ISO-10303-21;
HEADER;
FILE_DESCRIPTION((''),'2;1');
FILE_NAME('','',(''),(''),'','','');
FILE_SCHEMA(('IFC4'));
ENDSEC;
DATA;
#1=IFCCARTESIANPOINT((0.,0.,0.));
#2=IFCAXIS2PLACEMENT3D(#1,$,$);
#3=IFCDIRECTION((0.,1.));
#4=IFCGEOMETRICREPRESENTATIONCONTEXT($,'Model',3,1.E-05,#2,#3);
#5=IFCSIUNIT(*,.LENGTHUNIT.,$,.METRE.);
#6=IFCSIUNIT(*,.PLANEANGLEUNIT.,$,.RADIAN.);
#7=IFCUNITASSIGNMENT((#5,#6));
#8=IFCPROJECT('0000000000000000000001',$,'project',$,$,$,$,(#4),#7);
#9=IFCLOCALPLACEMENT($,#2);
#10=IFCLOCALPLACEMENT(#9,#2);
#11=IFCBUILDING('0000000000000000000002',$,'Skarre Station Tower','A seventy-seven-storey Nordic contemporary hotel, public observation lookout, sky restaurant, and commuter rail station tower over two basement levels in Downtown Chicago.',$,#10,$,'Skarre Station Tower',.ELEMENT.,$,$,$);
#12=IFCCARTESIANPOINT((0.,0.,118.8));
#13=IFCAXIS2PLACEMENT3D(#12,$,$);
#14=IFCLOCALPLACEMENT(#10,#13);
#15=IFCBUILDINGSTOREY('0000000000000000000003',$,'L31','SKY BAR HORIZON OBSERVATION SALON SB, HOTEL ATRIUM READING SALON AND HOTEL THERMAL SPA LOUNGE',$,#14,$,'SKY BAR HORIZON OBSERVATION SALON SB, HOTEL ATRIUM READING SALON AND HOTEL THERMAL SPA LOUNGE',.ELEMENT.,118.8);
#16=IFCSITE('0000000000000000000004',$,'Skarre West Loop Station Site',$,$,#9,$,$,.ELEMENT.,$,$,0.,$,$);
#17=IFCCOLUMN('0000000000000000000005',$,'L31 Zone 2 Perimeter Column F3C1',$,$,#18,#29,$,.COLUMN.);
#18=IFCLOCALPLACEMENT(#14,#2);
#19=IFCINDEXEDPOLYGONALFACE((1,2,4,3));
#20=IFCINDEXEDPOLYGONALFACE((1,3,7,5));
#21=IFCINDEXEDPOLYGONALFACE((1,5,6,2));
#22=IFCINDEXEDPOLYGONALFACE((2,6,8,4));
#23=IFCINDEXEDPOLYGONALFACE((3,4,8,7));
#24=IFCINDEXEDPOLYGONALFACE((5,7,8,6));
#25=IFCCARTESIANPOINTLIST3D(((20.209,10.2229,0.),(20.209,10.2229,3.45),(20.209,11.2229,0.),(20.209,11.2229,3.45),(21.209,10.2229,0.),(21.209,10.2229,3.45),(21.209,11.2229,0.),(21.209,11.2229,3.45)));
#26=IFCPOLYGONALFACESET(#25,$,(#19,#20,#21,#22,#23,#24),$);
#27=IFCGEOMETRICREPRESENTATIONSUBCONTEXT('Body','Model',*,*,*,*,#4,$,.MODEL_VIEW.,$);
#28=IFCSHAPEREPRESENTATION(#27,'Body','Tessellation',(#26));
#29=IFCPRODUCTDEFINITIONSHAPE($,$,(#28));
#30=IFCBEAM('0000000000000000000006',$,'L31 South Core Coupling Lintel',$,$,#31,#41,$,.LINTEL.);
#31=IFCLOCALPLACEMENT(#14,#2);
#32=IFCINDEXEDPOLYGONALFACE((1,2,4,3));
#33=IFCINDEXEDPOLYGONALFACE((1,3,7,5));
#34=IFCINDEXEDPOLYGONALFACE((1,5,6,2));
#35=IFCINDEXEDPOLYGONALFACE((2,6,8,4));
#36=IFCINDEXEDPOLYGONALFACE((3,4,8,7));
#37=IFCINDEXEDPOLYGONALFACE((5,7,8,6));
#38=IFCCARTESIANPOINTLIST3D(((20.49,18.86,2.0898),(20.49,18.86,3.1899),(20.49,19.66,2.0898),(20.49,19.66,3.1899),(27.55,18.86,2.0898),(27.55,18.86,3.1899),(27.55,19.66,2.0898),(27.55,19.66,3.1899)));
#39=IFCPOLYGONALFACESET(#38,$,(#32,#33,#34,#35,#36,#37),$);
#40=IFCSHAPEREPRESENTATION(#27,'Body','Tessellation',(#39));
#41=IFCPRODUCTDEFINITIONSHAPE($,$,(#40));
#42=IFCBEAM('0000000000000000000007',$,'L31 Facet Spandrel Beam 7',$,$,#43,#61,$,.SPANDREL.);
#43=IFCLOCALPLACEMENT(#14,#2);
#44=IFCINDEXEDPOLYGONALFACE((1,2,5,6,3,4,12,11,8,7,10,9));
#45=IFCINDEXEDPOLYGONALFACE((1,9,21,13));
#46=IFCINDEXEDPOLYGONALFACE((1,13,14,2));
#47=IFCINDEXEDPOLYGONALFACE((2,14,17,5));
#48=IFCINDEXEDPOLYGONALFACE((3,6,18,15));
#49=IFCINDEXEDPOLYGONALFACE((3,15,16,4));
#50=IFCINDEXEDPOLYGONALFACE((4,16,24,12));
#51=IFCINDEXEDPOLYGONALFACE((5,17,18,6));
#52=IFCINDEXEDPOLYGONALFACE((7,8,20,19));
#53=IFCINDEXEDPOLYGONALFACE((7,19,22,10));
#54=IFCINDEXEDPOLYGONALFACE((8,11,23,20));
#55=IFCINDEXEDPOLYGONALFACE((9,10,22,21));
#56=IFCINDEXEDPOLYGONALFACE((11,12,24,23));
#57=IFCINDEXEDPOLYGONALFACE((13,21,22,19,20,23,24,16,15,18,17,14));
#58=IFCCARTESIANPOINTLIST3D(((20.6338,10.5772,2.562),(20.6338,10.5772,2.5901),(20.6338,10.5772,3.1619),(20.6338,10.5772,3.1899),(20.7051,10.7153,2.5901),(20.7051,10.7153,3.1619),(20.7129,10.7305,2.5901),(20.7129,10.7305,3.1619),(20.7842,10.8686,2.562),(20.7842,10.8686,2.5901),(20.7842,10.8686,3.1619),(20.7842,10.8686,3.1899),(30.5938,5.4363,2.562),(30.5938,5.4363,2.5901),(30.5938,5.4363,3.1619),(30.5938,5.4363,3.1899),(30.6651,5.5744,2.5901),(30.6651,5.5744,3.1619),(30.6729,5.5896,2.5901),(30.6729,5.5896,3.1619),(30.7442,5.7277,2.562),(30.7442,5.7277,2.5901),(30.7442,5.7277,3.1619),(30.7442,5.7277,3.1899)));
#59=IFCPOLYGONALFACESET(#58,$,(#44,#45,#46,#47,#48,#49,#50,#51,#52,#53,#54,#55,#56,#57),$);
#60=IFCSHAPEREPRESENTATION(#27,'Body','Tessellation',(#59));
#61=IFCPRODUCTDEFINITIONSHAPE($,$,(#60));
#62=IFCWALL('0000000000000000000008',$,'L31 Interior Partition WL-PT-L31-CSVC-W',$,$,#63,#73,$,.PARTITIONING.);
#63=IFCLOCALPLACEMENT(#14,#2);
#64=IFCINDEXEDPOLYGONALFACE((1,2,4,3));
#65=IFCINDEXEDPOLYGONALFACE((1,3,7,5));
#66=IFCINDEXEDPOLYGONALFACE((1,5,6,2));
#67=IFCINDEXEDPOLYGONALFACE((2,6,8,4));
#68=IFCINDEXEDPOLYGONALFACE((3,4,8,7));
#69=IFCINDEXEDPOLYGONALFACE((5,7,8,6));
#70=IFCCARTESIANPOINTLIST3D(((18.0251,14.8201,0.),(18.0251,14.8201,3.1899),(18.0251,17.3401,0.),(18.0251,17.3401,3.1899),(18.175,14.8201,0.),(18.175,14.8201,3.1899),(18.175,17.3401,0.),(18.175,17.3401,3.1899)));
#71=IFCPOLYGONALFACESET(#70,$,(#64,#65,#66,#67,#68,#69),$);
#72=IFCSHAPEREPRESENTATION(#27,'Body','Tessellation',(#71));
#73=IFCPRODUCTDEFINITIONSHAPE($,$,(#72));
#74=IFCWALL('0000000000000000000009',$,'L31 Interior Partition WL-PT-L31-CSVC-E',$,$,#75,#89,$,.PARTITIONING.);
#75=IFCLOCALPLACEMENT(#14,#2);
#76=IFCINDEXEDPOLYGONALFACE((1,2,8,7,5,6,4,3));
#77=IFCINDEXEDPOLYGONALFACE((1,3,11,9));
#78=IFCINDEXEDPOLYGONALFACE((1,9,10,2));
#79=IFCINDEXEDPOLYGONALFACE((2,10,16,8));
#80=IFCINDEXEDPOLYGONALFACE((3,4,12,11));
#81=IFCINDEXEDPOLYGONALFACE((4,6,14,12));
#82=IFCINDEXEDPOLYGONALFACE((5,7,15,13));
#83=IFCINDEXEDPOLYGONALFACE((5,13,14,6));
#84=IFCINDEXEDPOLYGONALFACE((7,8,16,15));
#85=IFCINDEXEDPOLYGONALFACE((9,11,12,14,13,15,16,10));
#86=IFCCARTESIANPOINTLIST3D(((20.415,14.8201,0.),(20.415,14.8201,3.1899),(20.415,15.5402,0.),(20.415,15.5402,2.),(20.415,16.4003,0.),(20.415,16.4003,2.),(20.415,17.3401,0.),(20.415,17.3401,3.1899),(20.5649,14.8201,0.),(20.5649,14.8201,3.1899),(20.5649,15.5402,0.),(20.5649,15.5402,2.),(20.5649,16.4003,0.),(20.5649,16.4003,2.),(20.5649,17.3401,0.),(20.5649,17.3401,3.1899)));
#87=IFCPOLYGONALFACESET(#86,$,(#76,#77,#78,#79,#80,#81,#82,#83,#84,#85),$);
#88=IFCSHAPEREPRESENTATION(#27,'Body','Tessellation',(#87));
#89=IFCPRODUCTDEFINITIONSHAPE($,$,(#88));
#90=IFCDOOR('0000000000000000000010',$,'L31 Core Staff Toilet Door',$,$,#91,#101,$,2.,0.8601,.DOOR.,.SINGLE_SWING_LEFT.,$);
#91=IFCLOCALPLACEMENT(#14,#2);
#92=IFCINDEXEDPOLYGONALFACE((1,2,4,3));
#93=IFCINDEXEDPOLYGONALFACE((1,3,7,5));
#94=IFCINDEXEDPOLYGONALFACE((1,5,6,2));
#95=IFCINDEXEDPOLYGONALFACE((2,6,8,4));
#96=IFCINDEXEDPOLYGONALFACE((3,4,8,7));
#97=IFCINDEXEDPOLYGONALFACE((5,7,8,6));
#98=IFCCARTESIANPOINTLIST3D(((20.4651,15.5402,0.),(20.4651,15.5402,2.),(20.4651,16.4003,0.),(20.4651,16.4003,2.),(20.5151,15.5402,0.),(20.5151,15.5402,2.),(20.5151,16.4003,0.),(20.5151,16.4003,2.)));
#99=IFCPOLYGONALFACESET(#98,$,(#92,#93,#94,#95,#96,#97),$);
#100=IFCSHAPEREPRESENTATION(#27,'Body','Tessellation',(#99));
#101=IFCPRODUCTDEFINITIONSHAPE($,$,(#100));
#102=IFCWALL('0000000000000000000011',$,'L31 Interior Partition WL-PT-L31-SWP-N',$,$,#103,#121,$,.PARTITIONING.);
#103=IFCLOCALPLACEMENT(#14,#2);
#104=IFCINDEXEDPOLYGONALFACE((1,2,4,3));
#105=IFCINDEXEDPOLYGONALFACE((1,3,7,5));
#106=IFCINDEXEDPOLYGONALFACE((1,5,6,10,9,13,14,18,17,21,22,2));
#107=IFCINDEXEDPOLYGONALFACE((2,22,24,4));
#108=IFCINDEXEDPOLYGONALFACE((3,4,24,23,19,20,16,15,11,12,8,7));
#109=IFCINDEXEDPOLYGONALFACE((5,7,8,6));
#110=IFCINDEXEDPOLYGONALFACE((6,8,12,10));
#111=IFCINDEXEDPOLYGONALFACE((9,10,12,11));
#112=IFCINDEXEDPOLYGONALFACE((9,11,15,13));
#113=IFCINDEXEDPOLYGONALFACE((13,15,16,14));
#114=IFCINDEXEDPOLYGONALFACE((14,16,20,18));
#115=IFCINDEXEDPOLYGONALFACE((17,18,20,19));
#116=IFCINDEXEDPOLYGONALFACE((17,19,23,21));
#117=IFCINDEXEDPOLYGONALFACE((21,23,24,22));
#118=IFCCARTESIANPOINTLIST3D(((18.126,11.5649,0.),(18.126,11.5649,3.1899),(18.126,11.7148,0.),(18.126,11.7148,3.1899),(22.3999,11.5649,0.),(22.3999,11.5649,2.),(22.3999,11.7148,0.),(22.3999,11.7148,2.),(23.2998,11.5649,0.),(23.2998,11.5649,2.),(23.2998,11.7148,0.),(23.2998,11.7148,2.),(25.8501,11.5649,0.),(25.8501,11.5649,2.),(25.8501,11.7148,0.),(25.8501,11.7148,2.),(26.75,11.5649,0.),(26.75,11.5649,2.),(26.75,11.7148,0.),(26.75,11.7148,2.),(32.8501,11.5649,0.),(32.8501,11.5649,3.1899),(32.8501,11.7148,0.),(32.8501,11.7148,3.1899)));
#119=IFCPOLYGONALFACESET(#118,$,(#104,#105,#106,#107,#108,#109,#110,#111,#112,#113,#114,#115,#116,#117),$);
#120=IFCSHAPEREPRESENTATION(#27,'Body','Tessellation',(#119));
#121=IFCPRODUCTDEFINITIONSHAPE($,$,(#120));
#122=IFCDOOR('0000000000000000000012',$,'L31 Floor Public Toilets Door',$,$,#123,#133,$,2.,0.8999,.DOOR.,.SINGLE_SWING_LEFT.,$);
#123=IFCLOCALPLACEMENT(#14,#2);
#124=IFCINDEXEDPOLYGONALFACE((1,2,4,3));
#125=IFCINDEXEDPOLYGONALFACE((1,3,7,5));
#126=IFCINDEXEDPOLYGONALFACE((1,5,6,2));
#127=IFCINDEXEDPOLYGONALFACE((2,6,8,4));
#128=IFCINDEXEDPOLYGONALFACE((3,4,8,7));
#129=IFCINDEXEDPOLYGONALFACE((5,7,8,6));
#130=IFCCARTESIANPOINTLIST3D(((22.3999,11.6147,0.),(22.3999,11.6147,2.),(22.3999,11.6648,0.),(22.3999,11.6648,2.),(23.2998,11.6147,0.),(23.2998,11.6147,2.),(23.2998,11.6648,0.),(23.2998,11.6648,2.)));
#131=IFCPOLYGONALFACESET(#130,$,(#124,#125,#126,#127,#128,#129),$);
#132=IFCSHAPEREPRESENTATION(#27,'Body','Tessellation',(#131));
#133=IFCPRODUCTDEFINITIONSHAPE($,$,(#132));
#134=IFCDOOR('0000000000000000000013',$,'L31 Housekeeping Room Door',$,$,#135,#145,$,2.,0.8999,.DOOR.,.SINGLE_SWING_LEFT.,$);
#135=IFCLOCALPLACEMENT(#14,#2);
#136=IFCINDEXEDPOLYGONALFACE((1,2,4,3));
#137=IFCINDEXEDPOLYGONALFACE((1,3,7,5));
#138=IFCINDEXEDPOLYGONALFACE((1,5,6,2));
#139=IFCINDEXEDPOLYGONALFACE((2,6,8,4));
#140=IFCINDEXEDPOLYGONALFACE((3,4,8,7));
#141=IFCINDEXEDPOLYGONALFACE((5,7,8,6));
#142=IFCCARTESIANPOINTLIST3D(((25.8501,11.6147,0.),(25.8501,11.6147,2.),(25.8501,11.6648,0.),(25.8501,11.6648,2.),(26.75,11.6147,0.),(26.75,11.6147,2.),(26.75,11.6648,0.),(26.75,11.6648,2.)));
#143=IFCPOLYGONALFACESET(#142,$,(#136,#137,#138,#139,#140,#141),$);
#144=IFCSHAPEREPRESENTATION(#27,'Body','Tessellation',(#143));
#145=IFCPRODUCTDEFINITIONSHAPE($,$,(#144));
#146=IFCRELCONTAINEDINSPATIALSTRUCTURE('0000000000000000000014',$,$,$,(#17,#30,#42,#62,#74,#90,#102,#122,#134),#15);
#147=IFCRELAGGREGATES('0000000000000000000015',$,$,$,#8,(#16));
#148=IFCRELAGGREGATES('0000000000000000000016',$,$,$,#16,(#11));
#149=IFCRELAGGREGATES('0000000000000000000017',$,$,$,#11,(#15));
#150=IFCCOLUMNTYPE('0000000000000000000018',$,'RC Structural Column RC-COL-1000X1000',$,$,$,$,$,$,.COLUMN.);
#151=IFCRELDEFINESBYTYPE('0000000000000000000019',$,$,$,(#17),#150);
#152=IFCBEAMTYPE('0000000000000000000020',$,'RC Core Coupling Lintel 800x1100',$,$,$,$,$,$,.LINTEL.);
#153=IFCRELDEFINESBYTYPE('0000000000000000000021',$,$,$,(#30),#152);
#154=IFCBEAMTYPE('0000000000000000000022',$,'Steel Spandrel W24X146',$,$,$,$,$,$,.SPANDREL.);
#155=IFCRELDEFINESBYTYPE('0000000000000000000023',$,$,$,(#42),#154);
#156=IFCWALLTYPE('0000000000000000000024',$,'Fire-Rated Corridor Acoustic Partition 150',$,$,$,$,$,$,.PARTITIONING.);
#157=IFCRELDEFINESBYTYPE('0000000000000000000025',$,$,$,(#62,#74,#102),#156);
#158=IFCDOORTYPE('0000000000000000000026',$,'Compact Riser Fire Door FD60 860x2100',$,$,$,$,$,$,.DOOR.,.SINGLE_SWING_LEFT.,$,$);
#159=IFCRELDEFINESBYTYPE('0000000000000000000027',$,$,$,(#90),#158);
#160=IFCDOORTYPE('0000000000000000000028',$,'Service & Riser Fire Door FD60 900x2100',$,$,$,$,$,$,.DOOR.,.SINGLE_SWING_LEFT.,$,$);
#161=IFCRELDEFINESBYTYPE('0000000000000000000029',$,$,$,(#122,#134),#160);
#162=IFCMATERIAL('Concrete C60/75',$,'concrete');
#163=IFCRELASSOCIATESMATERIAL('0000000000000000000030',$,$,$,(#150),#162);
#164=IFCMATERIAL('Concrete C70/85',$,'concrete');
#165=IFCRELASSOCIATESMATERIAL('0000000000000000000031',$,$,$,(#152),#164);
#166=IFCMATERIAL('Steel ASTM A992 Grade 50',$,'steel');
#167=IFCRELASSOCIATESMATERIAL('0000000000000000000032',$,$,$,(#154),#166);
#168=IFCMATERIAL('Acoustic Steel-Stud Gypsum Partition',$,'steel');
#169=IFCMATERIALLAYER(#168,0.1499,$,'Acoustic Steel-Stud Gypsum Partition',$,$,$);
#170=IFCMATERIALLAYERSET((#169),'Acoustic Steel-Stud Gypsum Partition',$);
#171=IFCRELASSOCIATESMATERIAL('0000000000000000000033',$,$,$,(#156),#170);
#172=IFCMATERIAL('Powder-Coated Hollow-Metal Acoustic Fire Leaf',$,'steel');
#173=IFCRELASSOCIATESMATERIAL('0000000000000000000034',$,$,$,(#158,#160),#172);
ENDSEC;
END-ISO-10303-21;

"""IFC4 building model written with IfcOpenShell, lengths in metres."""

from ifc_helpers import new_model, si_unit, direction, frame, frame_2d, origin, origin_2d, place, context, subcontext, project, spatial, rectangle, i_section, extrude, material, layer, layer_set, material_profile, profile_set, type_object, element, fill, save


model = new_model("IFC4")

# Units and contexts
model_context = context("Model", 3, precision=1e-05, world=origin(), true_north=direction((0.0, 1.0)))
body_context = subcontext(model_context, "Body", "Model", "MODEL_VIEW")
ifc_project = project(units=[si_unit("LENGTHUNIT", "METRE"), si_unit("PLANEANGLEUNIT", "RADIAN")], contexts=[model_context])

# Site, building, storey
site_placement = place(None, origin())
site = spatial("IfcSite", under=ifc_project, at=site_placement, Name="Skarre West Loop Station Site", CompositionType="ELEMENT", RefElevation=0.0)
building_placement = place(site_placement, origin())
building = spatial("IfcBuilding", under=site, at=building_placement, Name="Skarre Station Tower", Description="A seventy-seven-storey Nordic contemporary hotel, public observation lookout, sky restaurant, and commuter rail station tower over two basement levels in Downtown Chicago.", LongName="Skarre Station Tower", CompositionType="ELEMENT")
storey_placement = place(building_placement, frame((0.0, 0.0, 118.8)))
storey = spatial("IfcBuildingStorey", under=building, at=storey_placement, Name="L31", Description="SKY BAR HORIZON OBSERVATION SALON SB, HOTEL ATRIUM READING SALON AND HOTEL THERMAL SPA LOUNGE", LongName="SKY BAR HORIZON OBSERVATION SALON SB, HOTEL ATRIUM READING SALON AND HOTEL THERMAL SPA LOUNGE", CompositionType="ELEMENT", Elevation=118.8)

# Column
ifc_material_1 = material(Name="Concrete C60/75", Category="concrete")
ifc_material_profile_1 = material_profile(ifc_material_1, rectangle(XDim=1.0, YDim=1.0, at=origin_2d()), Name="Concrete C60/75")
ifc_profile_set_1 = profile_set([ifc_material_profile_1], Name="Concrete C60/75")
column_type = type_object("IfcColumnType", Name="RC Structural Column RC-COL-1000X1000", PredefinedType="COLUMN", material=ifc_profile_set_1)
column_placement = place(storey_placement, frame((20.709, 10.7229, 0.0), z_axis=(0.0, 0.0, 1.0), x_axis=(1.0, 0.0, 0.0)))
element("IfcColumn", 1, at=column_placement, inside=storey, type_object=column_type, Name="L31 Zone 2 Perimeter Column F3C1", PredefinedType="COLUMN", context=body_context, shape_type="SweptSolid", body=[
    extrude(rectangle(XDim=1.0, YDim=1.0, at=origin_2d()), origin(), (0.0, 0.0, 1.0), 3.45),
])

# Beams
ifc_material_2 = material(Name="Concrete C70/85", Category="concrete")
ifc_material_profile_2 = material_profile(ifc_material_2, rectangle(XDim=0.8, YDim=1.1001, at=origin_2d()), Name="Concrete C70/85")
ifc_profile_set_2 = profile_set([ifc_material_profile_2], Name="Concrete C70/85")
beam_type_1 = type_object("IfcBeamType", Name="RC Core Coupling Lintel 800x1100", PredefinedType="LINTEL", material=ifc_profile_set_2)
beam_1_placement = place(storey_placement, frame((20.49, 19.26, 2.6399), z_axis=(1.0, 0.0, 0.0), x_axis=(0.0, 1.0, 0.0)))
element("IfcBeam", 2, at=beam_1_placement, inside=storey, type_object=beam_type_1, Name="L31 South Core Coupling Lintel", PredefinedType="LINTEL", context=body_context, shape_type="SweptSolid", body=[
    extrude(rectangle(XDim=0.8, YDim=1.1001, at=origin_2d()), origin(), (0.0, 0.0, 1.0), 7.0601),
])
ifc_material_3 = material(Name="Steel ASTM A992 Grade 50", Category="steel")
ifc_material_profile_3 = material_profile(ifc_material_3, i_section(OverallWidth=0.3279, OverallDepth=0.6279, WebThickness=0.0171, FlangeThickness=0.0281, at=origin_2d()), Name="Steel ASTM A992 Grade 50")
ifc_profile_set_3 = profile_set([ifc_material_profile_3], Name="Steel ASTM A992 Grade 50")
beam_type_2 = type_object("IfcBeamType", Name="Steel Spandrel W24X146", PredefinedType="SPANDREL", material=ifc_profile_set_3)
beam_2_placement = place(storey_placement, frame((20.709, 10.7229, 2.876), z_axis=(0.888612, -0.45866, 0.0), x_axis=(0.45866, 0.888612, 0.0)))
element("IfcBeam", 3, at=beam_2_placement, inside=storey, type_object=beam_type_2, Name="L31 Facet Spandrel Beam 7", PredefinedType="SPANDREL", context=body_context, shape_type="SweptSolid", body=[
    extrude(i_section(OverallWidth=0.3279, OverallDepth=0.6279, WebThickness=0.0171, FlangeThickness=0.0281, at=origin_2d()), origin(), (0.0, 0.0, 1.0), 11.2085),
])

# Wall
ifc_material_4 = material(Name="Acoustic Steel-Stud Gypsum Partition", Category="steel")
ifc_layer_1 = layer(ifc_material_4, 0.1499, Name="Acoustic Steel-Stud Gypsum Partition")
ifc_layer_set_1 = layer_set([ifc_layer_1], Name="Acoustic Steel-Stud Gypsum Partition")
wall_type_1 = type_object("IfcWallType", Name="Fire-Rated Corridor Acoustic Partition 150", PredefinedType="PARTITIONING", material=ifc_layer_set_1)
wall_1_placement = place(storey_placement, frame((18.1001, 17.3401, 0.0), z_axis=(0.0, 0.0, 1.0), x_axis=(0.0, -1.0, 0.0)))
element("IfcWall", 4, at=wall_1_placement, inside=storey, type_object=wall_type_1, Name="L31 Interior Partition WL-PT-L31-CSVC-W", PredefinedType="PARTITIONING", context=body_context, shape_type="SweptSolid", body=[
    extrude(rectangle(XDim=2.52, YDim=0.1499, at=frame_2d((1.26, 0.0))), origin(), (0.0, 0.0, 1.0), 3.1899),
])

# Wall, opening, door
wall_2_placement = place(storey_placement, frame((20.49, 14.8201, 0.0), z_axis=(0.0, 0.0, 1.0), x_axis=(0.0, 1.0, 0.0)))
wall_2 = element("IfcWall", 5, at=wall_2_placement, inside=storey, type_object=wall_type_1, Name="L31 Interior Partition WL-PT-L31-CSVC-E", PredefinedType="PARTITIONING", context=body_context, shape_type="SweptSolid", body=[
    extrude(rectangle(XDim=2.52, YDim=0.1499, at=frame_2d((1.26, 0.0))), origin(), (0.0, 0.0, 1.0), 3.1899),
])
opening_1_placement = place(wall_2_placement, frame((0.72, 0.0, 0.0)))
opening_1 = element("IfcOpeningElement", 6, at=opening_1_placement, cuts=wall_2, PredefinedType="OPENING", context=body_context, shape_type="SweptSolid", body=[
    extrude(rectangle(XDim=0.8601, YDim=2.0, at=frame_2d((0.4302, 1.0))), frame((0.0, 0.085, 0.0), z_axis=(0.0, -1.0, 0.0), x_axis=(1.0, 0.0, 0.0)), (0.0, 0.0, 1.0), 0.1699),
])
ifc_material_5 = material(Name="Powder-Coated Hollow-Metal Acoustic Fire Leaf", Category="steel")
door_type_1 = type_object("IfcDoorType", Name="Compact Riser Fire Door FD60 860x2100", OperationType="SINGLE_SWING_LEFT", PredefinedType="DOOR", material=ifc_material_5)
door_1_placement = place(opening_1_placement, origin())
door_1 = element("IfcDoor", 7, at=door_1_placement, inside=storey, type_object=door_type_1, Name="L31 Core Staff Toilet Door", OperationType="SINGLE_SWING_LEFT", OverallHeight=2.0, OverallWidth=0.8601, PredefinedType="DOOR", context=body_context, shape_type="SweptSolid", body=[
    extrude(rectangle(XDim=0.8601, YDim=2.0, at=frame_2d((0.4302, 1.0))), frame((0.0, 0.0249, 0.0), z_axis=(0.0, -1.0, 0.0), x_axis=(1.0, 0.0, 0.0)), (0.0, 0.0, 1.0), 0.05),
])
fill(opening_1, door_1)

# Wall, openings, doors
wall_3_placement = place(storey_placement, frame((18.126, 11.6399, 0.0), z_axis=(0.0, 0.0, 1.0), x_axis=(1.0, 0.0, 0.0)))
wall_3 = element("IfcWall", 8, at=wall_3_placement, inside=storey, type_object=wall_type_1, Name="L31 Interior Partition WL-PT-L31-SWP-N", PredefinedType="PARTITIONING", context=body_context, shape_type="SweptSolid", body=[
    extrude(rectangle(XDim=14.7241, YDim=0.1499, at=frame_2d((7.3621, 0.0))), origin(), (0.0, 0.0, 1.0), 3.1899),
])
opening_2_placement = place(wall_3_placement, frame((4.2739, 0.0, 0.0)))
opening_2 = element("IfcOpeningElement", 9, at=opening_2_placement, cuts=wall_3, PredefinedType="OPENING", context=body_context, shape_type="SweptSolid", body=[
    extrude(rectangle(XDim=0.8999, YDim=2.0, at=frame_2d((0.45, 1.0))), frame((0.0, 0.085, 0.0), z_axis=(0.0, -1.0, 0.0), x_axis=(1.0, 0.0, 0.0)), (0.0, 0.0, 1.0), 0.1699),
])
opening_3_placement = place(wall_3_placement, frame((7.7241, 0.0, 0.0)))
opening_3 = element("IfcOpeningElement", 10, at=opening_3_placement, cuts=wall_3, PredefinedType="OPENING", context=body_context, shape_type="SweptSolid", body=[
    extrude(rectangle(XDim=0.8999, YDim=2.0, at=frame_2d((0.45, 1.0))), frame((0.0, 0.085, 0.0), z_axis=(0.0, -1.0, 0.0), x_axis=(1.0, 0.0, 0.0)), (0.0, 0.0, 1.0), 0.1699),
])
door_type_2 = type_object("IfcDoorType", Name="Service & Riser Fire Door FD60 900x2100", OperationType="SINGLE_SWING_LEFT", PredefinedType="DOOR", material=ifc_material_5)
door_2_placement = place(opening_2_placement, origin())
door_2 = element("IfcDoor", 11, at=door_2_placement, inside=storey, type_object=door_type_2, Name="L31 Floor Public Toilets Door", OperationType="SINGLE_SWING_LEFT", OverallHeight=2.0, OverallWidth=0.8999, PredefinedType="DOOR", context=body_context, shape_type="SweptSolid", body=[
    extrude(rectangle(XDim=0.8999, YDim=2.0, at=frame_2d((0.45, 1.0))), frame((0.0, 0.0249, 0.0), z_axis=(0.0, -1.0, 0.0), x_axis=(1.0, 0.0, 0.0)), (0.0, 0.0, 1.0), 0.05),
])
fill(opening_2, door_2)
door_3_placement = place(opening_3_placement, origin())
door_3 = element("IfcDoor", 12, at=door_3_placement, inside=storey, type_object=door_type_2, Name="L31 Housekeeping Room Door", OperationType="SINGLE_SWING_LEFT", OverallHeight=2.0, OverallWidth=0.8999, PredefinedType="DOOR", context=body_context, shape_type="SweptSolid", body=[
    extrude(rectangle(XDim=0.8999, YDim=2.0, at=frame_2d((0.45, 1.0))), frame((0.0, 0.0249, 0.0), z_axis=(0.0, -1.0, 0.0), x_axis=(1.0, 0.0, 0.0)), (0.0, 0.0, 1.0), 0.05),
])
fill(opening_3, door_3)

save(model, "model.ifc")
